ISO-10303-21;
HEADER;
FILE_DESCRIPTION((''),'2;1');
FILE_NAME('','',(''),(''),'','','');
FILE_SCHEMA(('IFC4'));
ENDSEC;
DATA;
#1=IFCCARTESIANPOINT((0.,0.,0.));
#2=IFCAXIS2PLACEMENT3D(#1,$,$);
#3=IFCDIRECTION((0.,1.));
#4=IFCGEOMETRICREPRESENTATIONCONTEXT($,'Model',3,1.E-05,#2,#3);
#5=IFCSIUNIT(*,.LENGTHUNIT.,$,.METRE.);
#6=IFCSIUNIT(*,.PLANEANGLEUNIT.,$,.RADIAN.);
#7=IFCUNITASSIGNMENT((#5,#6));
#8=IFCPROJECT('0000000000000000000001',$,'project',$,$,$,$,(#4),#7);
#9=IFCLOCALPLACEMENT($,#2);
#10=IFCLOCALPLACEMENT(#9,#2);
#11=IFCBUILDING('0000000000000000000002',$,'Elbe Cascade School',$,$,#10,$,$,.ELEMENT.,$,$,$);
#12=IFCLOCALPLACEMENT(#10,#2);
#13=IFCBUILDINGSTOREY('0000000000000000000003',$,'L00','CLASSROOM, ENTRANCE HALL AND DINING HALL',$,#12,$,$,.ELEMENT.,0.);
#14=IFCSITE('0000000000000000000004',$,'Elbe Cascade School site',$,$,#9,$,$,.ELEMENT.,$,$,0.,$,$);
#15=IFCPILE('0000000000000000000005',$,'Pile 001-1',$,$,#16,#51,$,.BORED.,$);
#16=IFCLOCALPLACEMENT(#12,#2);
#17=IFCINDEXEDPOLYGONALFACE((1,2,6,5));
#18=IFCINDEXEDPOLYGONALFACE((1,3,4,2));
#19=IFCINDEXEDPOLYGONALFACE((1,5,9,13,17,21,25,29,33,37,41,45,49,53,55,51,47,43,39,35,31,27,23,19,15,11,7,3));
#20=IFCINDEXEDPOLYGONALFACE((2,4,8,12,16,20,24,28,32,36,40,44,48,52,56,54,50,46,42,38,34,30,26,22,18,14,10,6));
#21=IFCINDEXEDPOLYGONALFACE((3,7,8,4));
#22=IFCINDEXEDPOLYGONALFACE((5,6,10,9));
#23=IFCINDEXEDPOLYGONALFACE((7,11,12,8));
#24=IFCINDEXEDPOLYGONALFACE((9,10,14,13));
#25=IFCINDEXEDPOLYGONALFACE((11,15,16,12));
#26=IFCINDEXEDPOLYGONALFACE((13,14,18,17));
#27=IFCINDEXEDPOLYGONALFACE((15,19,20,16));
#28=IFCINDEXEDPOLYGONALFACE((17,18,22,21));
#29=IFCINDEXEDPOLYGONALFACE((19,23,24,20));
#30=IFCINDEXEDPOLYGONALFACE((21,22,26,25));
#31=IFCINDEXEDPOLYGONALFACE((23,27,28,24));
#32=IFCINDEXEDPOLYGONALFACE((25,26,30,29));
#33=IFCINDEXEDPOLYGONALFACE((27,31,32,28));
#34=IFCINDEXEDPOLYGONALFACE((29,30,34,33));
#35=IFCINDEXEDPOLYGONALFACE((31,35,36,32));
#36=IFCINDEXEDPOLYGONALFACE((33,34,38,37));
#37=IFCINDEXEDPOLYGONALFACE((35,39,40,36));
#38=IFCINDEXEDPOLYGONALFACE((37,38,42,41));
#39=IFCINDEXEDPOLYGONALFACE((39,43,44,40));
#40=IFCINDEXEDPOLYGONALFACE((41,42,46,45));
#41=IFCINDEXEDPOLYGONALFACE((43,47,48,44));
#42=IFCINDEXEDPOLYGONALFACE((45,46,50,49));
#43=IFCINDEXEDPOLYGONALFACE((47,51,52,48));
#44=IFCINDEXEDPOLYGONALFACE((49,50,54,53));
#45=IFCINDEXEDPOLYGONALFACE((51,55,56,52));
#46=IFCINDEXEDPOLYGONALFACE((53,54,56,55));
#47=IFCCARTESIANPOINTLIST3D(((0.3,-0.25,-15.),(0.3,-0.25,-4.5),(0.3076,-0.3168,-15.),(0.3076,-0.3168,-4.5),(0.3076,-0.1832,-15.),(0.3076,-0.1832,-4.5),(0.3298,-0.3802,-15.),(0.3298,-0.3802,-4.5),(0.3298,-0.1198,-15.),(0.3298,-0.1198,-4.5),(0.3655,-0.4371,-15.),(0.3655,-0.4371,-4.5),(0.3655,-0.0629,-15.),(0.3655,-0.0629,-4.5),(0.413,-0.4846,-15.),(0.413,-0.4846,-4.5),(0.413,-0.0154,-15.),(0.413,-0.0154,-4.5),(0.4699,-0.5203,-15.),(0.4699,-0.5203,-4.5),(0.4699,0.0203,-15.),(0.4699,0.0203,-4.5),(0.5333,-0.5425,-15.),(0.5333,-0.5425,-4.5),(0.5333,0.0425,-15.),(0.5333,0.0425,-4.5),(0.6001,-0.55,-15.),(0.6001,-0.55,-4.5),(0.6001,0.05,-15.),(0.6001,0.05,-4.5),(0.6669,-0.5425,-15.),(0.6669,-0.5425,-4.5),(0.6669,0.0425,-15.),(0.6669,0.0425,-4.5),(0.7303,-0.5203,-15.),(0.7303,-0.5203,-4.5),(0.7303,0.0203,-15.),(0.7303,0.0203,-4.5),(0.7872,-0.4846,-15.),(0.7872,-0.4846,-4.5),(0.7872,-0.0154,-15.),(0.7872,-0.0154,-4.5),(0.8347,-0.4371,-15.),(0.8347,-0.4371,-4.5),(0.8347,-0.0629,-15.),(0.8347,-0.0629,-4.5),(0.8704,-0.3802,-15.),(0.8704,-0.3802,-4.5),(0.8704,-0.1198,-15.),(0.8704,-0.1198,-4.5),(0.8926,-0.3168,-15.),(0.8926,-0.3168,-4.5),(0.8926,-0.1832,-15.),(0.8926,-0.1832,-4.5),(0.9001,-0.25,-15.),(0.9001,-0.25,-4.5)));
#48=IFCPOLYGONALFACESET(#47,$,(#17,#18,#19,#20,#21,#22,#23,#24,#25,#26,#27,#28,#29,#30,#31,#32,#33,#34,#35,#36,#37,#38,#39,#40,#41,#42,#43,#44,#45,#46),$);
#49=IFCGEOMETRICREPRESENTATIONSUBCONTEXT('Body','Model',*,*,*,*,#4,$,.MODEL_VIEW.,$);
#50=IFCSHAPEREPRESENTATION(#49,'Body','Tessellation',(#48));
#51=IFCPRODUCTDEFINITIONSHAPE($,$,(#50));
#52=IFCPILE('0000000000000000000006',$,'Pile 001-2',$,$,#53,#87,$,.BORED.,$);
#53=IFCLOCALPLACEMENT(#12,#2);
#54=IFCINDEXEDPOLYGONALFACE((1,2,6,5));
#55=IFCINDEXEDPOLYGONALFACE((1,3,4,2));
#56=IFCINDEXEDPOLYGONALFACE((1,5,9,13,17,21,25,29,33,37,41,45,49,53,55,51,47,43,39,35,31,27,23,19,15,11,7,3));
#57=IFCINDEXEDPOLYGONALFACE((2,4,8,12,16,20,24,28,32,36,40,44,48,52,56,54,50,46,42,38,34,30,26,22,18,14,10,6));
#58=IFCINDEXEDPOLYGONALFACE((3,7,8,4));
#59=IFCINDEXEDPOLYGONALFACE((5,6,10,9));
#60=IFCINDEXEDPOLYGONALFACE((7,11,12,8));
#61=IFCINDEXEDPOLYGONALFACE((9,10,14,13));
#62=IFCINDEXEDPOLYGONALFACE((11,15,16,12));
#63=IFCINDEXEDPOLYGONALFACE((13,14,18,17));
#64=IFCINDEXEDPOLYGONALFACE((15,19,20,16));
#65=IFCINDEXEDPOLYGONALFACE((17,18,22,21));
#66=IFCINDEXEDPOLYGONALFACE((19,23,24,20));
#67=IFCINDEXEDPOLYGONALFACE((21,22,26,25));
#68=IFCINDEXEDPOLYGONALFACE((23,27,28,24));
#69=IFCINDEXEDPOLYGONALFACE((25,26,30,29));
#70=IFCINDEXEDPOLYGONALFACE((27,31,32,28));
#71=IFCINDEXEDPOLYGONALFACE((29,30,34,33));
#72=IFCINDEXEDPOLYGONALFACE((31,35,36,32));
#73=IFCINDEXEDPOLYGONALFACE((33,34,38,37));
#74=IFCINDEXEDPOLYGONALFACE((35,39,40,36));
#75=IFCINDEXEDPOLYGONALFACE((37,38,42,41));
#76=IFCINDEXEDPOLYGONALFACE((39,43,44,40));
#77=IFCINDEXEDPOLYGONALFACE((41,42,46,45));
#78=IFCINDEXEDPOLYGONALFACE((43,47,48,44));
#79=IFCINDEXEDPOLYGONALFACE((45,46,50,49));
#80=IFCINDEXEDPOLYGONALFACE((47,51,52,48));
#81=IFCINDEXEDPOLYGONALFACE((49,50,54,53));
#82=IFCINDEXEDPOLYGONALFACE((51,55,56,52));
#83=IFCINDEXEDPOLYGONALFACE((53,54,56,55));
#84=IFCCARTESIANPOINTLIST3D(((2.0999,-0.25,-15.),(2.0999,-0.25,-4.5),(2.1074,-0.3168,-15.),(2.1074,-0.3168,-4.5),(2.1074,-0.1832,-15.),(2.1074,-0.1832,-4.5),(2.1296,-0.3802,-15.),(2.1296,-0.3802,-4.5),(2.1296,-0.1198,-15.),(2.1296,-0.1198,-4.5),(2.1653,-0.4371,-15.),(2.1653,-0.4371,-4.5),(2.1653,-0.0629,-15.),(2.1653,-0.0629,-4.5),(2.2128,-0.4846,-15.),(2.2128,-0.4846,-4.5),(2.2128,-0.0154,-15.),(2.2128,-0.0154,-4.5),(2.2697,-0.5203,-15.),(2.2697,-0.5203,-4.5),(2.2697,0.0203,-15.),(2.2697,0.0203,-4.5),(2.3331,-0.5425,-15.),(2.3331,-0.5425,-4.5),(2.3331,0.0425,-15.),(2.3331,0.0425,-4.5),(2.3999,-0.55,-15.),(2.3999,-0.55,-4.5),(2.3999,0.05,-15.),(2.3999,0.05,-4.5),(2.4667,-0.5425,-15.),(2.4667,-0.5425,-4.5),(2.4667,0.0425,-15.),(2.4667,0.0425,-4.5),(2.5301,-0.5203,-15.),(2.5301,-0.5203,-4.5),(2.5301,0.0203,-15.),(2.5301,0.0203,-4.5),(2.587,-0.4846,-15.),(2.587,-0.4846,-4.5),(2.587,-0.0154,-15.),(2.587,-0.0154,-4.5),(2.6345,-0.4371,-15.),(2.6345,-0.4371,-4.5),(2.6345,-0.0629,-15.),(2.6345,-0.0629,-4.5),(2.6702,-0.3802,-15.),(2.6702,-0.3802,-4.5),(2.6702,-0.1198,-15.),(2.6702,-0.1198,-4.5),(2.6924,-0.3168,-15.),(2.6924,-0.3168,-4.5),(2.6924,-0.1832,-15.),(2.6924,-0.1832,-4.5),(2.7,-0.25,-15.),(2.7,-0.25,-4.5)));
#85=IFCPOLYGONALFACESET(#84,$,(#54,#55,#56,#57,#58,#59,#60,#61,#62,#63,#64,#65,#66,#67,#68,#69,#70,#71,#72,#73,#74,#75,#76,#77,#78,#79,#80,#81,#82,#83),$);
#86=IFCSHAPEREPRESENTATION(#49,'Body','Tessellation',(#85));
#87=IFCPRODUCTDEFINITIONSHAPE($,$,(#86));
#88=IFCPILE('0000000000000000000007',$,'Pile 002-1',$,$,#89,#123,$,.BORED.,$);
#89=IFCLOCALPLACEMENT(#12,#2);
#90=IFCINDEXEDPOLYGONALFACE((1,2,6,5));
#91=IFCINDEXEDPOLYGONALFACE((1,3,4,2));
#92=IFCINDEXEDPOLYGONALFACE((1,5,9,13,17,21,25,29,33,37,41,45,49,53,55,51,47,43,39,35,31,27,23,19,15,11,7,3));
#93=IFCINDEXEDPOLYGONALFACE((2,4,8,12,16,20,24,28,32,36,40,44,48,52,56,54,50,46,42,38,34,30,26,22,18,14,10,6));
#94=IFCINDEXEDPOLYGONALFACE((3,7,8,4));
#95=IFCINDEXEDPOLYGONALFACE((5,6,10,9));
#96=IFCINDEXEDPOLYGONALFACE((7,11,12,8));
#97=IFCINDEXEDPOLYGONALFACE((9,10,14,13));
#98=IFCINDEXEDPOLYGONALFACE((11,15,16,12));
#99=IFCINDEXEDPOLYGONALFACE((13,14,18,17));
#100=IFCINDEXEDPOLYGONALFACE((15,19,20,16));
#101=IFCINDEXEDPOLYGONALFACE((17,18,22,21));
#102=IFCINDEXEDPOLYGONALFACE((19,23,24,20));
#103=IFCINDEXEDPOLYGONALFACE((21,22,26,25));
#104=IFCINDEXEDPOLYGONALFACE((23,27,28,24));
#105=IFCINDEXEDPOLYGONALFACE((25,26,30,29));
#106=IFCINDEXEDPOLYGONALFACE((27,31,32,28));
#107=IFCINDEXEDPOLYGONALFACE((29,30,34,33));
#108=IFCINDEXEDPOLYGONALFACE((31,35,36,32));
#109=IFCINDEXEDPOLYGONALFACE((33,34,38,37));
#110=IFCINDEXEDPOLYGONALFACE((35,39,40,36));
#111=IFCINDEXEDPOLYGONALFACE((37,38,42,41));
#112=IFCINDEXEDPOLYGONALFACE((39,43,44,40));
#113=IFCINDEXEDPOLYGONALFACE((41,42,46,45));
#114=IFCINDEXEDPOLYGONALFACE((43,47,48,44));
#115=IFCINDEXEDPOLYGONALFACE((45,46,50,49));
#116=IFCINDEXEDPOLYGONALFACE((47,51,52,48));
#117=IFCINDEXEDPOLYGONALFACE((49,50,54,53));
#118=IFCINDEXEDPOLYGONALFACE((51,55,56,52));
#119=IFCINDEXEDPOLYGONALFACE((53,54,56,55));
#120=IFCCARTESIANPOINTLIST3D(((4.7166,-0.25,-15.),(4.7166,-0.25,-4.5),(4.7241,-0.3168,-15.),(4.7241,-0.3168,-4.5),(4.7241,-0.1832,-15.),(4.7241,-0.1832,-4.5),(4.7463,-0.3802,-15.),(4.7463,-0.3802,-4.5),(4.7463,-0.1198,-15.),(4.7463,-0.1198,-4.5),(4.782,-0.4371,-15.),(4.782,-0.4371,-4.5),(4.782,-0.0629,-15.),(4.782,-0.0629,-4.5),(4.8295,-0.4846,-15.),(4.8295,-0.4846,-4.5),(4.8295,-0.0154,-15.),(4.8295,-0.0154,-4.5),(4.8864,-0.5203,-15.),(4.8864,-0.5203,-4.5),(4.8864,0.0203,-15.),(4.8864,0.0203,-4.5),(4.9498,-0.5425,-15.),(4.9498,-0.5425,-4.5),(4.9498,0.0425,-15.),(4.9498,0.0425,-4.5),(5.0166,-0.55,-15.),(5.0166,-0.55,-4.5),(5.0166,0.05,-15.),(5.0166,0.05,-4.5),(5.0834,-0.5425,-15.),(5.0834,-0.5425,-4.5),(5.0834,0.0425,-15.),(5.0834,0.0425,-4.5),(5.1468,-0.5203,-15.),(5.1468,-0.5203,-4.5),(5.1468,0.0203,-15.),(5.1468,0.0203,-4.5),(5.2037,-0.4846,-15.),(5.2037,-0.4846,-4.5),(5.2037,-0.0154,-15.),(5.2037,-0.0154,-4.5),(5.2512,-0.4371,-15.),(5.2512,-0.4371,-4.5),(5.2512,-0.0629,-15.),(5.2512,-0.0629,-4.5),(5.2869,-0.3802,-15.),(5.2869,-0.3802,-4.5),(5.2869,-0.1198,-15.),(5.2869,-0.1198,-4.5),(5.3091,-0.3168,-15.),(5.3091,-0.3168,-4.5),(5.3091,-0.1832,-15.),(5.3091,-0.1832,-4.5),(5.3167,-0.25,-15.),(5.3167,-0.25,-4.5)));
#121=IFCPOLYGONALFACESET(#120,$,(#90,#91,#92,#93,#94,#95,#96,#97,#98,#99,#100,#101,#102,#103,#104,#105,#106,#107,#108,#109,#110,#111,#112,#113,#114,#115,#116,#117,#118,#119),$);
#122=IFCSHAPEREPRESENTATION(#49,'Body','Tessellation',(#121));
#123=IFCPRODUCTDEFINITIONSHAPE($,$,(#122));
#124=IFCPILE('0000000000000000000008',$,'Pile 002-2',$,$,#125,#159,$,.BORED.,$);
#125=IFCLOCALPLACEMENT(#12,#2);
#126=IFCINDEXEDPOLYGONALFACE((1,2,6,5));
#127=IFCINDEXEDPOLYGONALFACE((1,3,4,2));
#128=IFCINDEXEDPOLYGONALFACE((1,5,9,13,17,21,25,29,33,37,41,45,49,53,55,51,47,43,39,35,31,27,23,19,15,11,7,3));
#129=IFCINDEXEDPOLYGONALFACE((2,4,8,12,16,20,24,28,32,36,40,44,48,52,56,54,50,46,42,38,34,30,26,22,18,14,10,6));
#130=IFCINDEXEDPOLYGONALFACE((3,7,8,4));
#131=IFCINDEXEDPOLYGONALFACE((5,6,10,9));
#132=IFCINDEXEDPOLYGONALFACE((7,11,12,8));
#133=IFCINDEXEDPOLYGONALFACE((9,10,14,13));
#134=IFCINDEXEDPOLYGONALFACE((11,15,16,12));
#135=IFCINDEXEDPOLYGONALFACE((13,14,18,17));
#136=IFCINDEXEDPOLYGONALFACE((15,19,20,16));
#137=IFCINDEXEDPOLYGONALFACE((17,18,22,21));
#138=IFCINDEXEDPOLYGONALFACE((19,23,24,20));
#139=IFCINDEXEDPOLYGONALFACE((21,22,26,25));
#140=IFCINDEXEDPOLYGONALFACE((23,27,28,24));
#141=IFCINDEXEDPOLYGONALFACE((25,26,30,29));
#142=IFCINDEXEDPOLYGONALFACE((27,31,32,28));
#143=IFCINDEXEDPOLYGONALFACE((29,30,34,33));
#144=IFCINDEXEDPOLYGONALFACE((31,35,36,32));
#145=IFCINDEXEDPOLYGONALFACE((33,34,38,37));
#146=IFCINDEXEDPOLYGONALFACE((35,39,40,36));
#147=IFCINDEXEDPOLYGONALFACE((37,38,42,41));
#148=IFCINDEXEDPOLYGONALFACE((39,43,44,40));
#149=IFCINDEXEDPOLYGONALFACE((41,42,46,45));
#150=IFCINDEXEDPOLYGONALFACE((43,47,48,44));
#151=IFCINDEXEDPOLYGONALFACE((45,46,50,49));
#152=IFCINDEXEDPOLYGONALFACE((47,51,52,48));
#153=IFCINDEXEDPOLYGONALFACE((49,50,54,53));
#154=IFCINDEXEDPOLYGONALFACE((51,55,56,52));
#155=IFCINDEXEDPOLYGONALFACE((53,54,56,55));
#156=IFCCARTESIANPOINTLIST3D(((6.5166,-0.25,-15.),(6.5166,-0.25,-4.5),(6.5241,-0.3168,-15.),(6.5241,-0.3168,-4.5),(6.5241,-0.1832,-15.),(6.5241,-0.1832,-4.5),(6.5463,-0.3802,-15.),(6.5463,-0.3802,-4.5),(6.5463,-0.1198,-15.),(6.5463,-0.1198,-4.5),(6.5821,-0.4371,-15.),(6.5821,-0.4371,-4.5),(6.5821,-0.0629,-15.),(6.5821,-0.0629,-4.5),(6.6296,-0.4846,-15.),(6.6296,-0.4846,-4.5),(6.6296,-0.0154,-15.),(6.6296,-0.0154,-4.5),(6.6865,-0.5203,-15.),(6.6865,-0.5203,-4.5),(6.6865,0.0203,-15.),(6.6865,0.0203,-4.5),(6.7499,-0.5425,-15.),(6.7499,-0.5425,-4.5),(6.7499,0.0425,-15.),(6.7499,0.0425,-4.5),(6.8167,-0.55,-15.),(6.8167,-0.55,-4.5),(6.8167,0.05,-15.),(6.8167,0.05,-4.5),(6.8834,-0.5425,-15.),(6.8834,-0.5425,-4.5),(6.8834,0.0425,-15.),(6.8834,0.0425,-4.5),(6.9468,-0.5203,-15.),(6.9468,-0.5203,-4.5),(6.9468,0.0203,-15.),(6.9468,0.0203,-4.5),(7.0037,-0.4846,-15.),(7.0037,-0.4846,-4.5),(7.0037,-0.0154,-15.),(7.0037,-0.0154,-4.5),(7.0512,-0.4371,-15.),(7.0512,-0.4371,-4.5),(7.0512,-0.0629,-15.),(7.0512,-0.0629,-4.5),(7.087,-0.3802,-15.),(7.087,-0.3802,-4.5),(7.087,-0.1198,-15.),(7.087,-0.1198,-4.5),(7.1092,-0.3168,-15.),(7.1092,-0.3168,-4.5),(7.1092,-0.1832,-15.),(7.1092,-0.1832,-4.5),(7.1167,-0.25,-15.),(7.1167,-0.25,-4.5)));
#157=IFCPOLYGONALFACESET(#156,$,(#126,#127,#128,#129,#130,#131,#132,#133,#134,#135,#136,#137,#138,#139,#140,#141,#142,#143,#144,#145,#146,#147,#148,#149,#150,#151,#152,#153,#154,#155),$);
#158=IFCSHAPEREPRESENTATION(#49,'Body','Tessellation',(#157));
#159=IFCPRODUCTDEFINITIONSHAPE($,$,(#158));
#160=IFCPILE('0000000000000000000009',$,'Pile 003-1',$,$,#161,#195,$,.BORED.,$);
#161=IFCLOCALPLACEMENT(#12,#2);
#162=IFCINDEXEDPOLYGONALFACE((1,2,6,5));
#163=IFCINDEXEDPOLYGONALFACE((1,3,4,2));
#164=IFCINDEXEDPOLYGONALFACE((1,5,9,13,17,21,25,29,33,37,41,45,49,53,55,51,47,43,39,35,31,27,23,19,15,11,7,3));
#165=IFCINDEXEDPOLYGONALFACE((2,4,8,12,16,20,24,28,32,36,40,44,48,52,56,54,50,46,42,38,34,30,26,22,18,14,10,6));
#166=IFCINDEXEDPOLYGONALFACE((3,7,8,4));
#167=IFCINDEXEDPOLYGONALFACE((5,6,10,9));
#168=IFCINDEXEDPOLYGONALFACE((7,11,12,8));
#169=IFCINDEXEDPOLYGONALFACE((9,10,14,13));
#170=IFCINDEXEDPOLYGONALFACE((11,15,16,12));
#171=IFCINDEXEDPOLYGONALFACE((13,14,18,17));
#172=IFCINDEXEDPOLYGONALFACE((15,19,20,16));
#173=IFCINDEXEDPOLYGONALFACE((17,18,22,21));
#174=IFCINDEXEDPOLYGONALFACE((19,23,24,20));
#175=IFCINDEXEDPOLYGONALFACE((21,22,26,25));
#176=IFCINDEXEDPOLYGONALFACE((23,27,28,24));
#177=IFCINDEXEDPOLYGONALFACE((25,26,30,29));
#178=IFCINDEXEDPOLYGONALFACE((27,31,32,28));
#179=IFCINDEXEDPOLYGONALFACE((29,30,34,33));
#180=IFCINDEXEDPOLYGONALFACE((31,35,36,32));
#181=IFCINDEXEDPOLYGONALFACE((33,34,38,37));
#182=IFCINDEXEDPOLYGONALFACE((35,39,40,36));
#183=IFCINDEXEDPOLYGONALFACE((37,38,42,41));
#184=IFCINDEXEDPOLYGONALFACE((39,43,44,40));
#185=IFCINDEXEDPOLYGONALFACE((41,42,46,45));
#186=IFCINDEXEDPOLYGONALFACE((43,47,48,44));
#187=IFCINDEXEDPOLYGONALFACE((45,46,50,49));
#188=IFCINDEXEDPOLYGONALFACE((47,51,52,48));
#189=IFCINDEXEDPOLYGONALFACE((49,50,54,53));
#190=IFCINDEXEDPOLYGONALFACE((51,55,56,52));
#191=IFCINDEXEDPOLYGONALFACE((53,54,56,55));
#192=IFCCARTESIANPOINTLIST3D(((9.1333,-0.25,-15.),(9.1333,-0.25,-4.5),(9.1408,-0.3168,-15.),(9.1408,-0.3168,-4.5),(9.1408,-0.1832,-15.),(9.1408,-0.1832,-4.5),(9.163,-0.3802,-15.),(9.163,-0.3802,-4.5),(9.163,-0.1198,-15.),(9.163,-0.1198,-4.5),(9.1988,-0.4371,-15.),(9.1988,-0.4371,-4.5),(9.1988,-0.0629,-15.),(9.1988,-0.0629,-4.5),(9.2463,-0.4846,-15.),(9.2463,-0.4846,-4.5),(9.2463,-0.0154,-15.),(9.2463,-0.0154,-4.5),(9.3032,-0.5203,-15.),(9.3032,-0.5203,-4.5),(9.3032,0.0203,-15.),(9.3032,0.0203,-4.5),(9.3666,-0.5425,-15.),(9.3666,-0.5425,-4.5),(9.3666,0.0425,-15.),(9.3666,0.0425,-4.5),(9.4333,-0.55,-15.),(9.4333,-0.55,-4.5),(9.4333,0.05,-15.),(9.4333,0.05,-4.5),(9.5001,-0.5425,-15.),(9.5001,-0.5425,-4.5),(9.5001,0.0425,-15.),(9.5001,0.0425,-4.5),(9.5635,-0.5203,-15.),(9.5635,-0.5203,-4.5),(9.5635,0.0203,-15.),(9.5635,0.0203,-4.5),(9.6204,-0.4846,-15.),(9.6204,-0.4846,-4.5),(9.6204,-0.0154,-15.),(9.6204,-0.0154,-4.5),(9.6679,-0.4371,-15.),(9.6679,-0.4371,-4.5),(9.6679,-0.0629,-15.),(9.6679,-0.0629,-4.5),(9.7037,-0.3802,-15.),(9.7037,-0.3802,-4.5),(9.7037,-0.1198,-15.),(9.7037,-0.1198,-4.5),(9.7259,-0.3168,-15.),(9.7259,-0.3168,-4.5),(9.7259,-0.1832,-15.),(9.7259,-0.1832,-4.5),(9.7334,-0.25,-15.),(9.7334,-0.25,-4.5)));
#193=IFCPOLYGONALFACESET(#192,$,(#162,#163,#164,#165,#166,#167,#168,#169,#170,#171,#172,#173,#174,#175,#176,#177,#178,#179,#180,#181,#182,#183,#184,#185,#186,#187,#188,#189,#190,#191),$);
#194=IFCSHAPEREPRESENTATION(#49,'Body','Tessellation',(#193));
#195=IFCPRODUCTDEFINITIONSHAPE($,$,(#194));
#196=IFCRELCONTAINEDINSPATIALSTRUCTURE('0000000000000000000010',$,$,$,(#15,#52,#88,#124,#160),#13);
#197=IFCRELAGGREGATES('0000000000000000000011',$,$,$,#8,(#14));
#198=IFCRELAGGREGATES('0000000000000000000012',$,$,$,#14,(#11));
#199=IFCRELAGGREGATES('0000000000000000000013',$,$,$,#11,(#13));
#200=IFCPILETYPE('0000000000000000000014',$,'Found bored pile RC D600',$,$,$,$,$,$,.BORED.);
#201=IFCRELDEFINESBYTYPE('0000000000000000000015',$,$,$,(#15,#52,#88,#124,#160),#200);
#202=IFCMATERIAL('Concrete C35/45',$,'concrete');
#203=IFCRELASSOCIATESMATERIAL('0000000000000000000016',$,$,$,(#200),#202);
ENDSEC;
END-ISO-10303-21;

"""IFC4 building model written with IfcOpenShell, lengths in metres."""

from ifc_helpers import new_model, si_unit, direction, frame, origin, origin_2d, place, context, subcontext, project, spatial, circle, extrude, material, material_profile, profile_set, type_object, element, save


model = new_model("IFC4")

# Units and contexts
model_context = context("Model", 3, precision=1e-05, world=origin(), true_north=direction((0.0, 1.0)))
body_context = subcontext(model_context, "Body", "Model", "MODEL_VIEW")
ifc_project = project(units=[si_unit("LENGTHUNIT", "METRE"), si_unit("PLANEANGLEUNIT", "RADIAN")], contexts=[model_context])

# Site, building, storey
site_placement = place(None, origin())
site = spatial("IfcSite", under=ifc_project, at=site_placement, Name="Elbe Cascade School site", CompositionType="ELEMENT", RefElevation=0.0)
building_placement = place(site_placement, origin())
building = spatial("IfcBuilding", under=site, at=building_placement, Name="Elbe Cascade School", CompositionType="ELEMENT")
storey_placement = place(building_placement, origin())
storey = spatial("IfcBuildingStorey", under=building, at=storey_placement, Name="L00", Description="CLASSROOM, ENTRANCE HALL AND DINING HALL", CompositionType="ELEMENT", Elevation=0.0)

# Piles
ifc_material_1 = material(Name="Concrete C35/45", Category="concrete")
ifc_material_profile_1 = material_profile(ifc_material_1, circle(Radius=0.3, at=origin_2d()), Name="RC D600")
ifc_profile_set_1 = profile_set([ifc_material_profile_1], Name="Concrete C35/45")
pile_type = type_object("IfcPileType", Name="Found bored pile RC D600", PredefinedType="BORED", material=ifc_profile_set_1)
for number, where, z_axis, x_axis, name in (
    (1, (0.6001, -0.25, -4.5), (0.0, 0.0, -1.0), (1.0, 0.0, 0.0), "Pile 001-1"),
    (2, (2.3999, -0.25, -4.5), (0.0, 0.0, -1.0), (1.0, 0.0, 0.0), "Pile 001-2"),
    (3, (5.0166, -0.25, -4.5), (0.0, 0.0, -1.0), (1.0, 0.0, 0.0), "Pile 002-1"),
    (4, (6.8167, -0.25, -4.5), (0.0, 0.0, -1.0), (1.0, 0.0, 0.0), "Pile 002-2"),
    (5, (9.4333, -0.25, -4.5), (0.0, 0.0, -1.0), (1.0, 0.0, 0.0), "Pile 003-1"),
):
    element("IfcPile", number, at=place(storey_placement, frame(where, z_axis=z_axis, x_axis=x_axis)), inside=storey, type_object=pile_type, Name=name, PredefinedType="BORED", context=body_context, shape_type="SweptSolid", body=[
        extrude(circle(Radius=0.3, at=origin_2d()), origin(), (0.0, 0.0, 1.0), 10.5),
    ])

save(model, "model.ifc")
